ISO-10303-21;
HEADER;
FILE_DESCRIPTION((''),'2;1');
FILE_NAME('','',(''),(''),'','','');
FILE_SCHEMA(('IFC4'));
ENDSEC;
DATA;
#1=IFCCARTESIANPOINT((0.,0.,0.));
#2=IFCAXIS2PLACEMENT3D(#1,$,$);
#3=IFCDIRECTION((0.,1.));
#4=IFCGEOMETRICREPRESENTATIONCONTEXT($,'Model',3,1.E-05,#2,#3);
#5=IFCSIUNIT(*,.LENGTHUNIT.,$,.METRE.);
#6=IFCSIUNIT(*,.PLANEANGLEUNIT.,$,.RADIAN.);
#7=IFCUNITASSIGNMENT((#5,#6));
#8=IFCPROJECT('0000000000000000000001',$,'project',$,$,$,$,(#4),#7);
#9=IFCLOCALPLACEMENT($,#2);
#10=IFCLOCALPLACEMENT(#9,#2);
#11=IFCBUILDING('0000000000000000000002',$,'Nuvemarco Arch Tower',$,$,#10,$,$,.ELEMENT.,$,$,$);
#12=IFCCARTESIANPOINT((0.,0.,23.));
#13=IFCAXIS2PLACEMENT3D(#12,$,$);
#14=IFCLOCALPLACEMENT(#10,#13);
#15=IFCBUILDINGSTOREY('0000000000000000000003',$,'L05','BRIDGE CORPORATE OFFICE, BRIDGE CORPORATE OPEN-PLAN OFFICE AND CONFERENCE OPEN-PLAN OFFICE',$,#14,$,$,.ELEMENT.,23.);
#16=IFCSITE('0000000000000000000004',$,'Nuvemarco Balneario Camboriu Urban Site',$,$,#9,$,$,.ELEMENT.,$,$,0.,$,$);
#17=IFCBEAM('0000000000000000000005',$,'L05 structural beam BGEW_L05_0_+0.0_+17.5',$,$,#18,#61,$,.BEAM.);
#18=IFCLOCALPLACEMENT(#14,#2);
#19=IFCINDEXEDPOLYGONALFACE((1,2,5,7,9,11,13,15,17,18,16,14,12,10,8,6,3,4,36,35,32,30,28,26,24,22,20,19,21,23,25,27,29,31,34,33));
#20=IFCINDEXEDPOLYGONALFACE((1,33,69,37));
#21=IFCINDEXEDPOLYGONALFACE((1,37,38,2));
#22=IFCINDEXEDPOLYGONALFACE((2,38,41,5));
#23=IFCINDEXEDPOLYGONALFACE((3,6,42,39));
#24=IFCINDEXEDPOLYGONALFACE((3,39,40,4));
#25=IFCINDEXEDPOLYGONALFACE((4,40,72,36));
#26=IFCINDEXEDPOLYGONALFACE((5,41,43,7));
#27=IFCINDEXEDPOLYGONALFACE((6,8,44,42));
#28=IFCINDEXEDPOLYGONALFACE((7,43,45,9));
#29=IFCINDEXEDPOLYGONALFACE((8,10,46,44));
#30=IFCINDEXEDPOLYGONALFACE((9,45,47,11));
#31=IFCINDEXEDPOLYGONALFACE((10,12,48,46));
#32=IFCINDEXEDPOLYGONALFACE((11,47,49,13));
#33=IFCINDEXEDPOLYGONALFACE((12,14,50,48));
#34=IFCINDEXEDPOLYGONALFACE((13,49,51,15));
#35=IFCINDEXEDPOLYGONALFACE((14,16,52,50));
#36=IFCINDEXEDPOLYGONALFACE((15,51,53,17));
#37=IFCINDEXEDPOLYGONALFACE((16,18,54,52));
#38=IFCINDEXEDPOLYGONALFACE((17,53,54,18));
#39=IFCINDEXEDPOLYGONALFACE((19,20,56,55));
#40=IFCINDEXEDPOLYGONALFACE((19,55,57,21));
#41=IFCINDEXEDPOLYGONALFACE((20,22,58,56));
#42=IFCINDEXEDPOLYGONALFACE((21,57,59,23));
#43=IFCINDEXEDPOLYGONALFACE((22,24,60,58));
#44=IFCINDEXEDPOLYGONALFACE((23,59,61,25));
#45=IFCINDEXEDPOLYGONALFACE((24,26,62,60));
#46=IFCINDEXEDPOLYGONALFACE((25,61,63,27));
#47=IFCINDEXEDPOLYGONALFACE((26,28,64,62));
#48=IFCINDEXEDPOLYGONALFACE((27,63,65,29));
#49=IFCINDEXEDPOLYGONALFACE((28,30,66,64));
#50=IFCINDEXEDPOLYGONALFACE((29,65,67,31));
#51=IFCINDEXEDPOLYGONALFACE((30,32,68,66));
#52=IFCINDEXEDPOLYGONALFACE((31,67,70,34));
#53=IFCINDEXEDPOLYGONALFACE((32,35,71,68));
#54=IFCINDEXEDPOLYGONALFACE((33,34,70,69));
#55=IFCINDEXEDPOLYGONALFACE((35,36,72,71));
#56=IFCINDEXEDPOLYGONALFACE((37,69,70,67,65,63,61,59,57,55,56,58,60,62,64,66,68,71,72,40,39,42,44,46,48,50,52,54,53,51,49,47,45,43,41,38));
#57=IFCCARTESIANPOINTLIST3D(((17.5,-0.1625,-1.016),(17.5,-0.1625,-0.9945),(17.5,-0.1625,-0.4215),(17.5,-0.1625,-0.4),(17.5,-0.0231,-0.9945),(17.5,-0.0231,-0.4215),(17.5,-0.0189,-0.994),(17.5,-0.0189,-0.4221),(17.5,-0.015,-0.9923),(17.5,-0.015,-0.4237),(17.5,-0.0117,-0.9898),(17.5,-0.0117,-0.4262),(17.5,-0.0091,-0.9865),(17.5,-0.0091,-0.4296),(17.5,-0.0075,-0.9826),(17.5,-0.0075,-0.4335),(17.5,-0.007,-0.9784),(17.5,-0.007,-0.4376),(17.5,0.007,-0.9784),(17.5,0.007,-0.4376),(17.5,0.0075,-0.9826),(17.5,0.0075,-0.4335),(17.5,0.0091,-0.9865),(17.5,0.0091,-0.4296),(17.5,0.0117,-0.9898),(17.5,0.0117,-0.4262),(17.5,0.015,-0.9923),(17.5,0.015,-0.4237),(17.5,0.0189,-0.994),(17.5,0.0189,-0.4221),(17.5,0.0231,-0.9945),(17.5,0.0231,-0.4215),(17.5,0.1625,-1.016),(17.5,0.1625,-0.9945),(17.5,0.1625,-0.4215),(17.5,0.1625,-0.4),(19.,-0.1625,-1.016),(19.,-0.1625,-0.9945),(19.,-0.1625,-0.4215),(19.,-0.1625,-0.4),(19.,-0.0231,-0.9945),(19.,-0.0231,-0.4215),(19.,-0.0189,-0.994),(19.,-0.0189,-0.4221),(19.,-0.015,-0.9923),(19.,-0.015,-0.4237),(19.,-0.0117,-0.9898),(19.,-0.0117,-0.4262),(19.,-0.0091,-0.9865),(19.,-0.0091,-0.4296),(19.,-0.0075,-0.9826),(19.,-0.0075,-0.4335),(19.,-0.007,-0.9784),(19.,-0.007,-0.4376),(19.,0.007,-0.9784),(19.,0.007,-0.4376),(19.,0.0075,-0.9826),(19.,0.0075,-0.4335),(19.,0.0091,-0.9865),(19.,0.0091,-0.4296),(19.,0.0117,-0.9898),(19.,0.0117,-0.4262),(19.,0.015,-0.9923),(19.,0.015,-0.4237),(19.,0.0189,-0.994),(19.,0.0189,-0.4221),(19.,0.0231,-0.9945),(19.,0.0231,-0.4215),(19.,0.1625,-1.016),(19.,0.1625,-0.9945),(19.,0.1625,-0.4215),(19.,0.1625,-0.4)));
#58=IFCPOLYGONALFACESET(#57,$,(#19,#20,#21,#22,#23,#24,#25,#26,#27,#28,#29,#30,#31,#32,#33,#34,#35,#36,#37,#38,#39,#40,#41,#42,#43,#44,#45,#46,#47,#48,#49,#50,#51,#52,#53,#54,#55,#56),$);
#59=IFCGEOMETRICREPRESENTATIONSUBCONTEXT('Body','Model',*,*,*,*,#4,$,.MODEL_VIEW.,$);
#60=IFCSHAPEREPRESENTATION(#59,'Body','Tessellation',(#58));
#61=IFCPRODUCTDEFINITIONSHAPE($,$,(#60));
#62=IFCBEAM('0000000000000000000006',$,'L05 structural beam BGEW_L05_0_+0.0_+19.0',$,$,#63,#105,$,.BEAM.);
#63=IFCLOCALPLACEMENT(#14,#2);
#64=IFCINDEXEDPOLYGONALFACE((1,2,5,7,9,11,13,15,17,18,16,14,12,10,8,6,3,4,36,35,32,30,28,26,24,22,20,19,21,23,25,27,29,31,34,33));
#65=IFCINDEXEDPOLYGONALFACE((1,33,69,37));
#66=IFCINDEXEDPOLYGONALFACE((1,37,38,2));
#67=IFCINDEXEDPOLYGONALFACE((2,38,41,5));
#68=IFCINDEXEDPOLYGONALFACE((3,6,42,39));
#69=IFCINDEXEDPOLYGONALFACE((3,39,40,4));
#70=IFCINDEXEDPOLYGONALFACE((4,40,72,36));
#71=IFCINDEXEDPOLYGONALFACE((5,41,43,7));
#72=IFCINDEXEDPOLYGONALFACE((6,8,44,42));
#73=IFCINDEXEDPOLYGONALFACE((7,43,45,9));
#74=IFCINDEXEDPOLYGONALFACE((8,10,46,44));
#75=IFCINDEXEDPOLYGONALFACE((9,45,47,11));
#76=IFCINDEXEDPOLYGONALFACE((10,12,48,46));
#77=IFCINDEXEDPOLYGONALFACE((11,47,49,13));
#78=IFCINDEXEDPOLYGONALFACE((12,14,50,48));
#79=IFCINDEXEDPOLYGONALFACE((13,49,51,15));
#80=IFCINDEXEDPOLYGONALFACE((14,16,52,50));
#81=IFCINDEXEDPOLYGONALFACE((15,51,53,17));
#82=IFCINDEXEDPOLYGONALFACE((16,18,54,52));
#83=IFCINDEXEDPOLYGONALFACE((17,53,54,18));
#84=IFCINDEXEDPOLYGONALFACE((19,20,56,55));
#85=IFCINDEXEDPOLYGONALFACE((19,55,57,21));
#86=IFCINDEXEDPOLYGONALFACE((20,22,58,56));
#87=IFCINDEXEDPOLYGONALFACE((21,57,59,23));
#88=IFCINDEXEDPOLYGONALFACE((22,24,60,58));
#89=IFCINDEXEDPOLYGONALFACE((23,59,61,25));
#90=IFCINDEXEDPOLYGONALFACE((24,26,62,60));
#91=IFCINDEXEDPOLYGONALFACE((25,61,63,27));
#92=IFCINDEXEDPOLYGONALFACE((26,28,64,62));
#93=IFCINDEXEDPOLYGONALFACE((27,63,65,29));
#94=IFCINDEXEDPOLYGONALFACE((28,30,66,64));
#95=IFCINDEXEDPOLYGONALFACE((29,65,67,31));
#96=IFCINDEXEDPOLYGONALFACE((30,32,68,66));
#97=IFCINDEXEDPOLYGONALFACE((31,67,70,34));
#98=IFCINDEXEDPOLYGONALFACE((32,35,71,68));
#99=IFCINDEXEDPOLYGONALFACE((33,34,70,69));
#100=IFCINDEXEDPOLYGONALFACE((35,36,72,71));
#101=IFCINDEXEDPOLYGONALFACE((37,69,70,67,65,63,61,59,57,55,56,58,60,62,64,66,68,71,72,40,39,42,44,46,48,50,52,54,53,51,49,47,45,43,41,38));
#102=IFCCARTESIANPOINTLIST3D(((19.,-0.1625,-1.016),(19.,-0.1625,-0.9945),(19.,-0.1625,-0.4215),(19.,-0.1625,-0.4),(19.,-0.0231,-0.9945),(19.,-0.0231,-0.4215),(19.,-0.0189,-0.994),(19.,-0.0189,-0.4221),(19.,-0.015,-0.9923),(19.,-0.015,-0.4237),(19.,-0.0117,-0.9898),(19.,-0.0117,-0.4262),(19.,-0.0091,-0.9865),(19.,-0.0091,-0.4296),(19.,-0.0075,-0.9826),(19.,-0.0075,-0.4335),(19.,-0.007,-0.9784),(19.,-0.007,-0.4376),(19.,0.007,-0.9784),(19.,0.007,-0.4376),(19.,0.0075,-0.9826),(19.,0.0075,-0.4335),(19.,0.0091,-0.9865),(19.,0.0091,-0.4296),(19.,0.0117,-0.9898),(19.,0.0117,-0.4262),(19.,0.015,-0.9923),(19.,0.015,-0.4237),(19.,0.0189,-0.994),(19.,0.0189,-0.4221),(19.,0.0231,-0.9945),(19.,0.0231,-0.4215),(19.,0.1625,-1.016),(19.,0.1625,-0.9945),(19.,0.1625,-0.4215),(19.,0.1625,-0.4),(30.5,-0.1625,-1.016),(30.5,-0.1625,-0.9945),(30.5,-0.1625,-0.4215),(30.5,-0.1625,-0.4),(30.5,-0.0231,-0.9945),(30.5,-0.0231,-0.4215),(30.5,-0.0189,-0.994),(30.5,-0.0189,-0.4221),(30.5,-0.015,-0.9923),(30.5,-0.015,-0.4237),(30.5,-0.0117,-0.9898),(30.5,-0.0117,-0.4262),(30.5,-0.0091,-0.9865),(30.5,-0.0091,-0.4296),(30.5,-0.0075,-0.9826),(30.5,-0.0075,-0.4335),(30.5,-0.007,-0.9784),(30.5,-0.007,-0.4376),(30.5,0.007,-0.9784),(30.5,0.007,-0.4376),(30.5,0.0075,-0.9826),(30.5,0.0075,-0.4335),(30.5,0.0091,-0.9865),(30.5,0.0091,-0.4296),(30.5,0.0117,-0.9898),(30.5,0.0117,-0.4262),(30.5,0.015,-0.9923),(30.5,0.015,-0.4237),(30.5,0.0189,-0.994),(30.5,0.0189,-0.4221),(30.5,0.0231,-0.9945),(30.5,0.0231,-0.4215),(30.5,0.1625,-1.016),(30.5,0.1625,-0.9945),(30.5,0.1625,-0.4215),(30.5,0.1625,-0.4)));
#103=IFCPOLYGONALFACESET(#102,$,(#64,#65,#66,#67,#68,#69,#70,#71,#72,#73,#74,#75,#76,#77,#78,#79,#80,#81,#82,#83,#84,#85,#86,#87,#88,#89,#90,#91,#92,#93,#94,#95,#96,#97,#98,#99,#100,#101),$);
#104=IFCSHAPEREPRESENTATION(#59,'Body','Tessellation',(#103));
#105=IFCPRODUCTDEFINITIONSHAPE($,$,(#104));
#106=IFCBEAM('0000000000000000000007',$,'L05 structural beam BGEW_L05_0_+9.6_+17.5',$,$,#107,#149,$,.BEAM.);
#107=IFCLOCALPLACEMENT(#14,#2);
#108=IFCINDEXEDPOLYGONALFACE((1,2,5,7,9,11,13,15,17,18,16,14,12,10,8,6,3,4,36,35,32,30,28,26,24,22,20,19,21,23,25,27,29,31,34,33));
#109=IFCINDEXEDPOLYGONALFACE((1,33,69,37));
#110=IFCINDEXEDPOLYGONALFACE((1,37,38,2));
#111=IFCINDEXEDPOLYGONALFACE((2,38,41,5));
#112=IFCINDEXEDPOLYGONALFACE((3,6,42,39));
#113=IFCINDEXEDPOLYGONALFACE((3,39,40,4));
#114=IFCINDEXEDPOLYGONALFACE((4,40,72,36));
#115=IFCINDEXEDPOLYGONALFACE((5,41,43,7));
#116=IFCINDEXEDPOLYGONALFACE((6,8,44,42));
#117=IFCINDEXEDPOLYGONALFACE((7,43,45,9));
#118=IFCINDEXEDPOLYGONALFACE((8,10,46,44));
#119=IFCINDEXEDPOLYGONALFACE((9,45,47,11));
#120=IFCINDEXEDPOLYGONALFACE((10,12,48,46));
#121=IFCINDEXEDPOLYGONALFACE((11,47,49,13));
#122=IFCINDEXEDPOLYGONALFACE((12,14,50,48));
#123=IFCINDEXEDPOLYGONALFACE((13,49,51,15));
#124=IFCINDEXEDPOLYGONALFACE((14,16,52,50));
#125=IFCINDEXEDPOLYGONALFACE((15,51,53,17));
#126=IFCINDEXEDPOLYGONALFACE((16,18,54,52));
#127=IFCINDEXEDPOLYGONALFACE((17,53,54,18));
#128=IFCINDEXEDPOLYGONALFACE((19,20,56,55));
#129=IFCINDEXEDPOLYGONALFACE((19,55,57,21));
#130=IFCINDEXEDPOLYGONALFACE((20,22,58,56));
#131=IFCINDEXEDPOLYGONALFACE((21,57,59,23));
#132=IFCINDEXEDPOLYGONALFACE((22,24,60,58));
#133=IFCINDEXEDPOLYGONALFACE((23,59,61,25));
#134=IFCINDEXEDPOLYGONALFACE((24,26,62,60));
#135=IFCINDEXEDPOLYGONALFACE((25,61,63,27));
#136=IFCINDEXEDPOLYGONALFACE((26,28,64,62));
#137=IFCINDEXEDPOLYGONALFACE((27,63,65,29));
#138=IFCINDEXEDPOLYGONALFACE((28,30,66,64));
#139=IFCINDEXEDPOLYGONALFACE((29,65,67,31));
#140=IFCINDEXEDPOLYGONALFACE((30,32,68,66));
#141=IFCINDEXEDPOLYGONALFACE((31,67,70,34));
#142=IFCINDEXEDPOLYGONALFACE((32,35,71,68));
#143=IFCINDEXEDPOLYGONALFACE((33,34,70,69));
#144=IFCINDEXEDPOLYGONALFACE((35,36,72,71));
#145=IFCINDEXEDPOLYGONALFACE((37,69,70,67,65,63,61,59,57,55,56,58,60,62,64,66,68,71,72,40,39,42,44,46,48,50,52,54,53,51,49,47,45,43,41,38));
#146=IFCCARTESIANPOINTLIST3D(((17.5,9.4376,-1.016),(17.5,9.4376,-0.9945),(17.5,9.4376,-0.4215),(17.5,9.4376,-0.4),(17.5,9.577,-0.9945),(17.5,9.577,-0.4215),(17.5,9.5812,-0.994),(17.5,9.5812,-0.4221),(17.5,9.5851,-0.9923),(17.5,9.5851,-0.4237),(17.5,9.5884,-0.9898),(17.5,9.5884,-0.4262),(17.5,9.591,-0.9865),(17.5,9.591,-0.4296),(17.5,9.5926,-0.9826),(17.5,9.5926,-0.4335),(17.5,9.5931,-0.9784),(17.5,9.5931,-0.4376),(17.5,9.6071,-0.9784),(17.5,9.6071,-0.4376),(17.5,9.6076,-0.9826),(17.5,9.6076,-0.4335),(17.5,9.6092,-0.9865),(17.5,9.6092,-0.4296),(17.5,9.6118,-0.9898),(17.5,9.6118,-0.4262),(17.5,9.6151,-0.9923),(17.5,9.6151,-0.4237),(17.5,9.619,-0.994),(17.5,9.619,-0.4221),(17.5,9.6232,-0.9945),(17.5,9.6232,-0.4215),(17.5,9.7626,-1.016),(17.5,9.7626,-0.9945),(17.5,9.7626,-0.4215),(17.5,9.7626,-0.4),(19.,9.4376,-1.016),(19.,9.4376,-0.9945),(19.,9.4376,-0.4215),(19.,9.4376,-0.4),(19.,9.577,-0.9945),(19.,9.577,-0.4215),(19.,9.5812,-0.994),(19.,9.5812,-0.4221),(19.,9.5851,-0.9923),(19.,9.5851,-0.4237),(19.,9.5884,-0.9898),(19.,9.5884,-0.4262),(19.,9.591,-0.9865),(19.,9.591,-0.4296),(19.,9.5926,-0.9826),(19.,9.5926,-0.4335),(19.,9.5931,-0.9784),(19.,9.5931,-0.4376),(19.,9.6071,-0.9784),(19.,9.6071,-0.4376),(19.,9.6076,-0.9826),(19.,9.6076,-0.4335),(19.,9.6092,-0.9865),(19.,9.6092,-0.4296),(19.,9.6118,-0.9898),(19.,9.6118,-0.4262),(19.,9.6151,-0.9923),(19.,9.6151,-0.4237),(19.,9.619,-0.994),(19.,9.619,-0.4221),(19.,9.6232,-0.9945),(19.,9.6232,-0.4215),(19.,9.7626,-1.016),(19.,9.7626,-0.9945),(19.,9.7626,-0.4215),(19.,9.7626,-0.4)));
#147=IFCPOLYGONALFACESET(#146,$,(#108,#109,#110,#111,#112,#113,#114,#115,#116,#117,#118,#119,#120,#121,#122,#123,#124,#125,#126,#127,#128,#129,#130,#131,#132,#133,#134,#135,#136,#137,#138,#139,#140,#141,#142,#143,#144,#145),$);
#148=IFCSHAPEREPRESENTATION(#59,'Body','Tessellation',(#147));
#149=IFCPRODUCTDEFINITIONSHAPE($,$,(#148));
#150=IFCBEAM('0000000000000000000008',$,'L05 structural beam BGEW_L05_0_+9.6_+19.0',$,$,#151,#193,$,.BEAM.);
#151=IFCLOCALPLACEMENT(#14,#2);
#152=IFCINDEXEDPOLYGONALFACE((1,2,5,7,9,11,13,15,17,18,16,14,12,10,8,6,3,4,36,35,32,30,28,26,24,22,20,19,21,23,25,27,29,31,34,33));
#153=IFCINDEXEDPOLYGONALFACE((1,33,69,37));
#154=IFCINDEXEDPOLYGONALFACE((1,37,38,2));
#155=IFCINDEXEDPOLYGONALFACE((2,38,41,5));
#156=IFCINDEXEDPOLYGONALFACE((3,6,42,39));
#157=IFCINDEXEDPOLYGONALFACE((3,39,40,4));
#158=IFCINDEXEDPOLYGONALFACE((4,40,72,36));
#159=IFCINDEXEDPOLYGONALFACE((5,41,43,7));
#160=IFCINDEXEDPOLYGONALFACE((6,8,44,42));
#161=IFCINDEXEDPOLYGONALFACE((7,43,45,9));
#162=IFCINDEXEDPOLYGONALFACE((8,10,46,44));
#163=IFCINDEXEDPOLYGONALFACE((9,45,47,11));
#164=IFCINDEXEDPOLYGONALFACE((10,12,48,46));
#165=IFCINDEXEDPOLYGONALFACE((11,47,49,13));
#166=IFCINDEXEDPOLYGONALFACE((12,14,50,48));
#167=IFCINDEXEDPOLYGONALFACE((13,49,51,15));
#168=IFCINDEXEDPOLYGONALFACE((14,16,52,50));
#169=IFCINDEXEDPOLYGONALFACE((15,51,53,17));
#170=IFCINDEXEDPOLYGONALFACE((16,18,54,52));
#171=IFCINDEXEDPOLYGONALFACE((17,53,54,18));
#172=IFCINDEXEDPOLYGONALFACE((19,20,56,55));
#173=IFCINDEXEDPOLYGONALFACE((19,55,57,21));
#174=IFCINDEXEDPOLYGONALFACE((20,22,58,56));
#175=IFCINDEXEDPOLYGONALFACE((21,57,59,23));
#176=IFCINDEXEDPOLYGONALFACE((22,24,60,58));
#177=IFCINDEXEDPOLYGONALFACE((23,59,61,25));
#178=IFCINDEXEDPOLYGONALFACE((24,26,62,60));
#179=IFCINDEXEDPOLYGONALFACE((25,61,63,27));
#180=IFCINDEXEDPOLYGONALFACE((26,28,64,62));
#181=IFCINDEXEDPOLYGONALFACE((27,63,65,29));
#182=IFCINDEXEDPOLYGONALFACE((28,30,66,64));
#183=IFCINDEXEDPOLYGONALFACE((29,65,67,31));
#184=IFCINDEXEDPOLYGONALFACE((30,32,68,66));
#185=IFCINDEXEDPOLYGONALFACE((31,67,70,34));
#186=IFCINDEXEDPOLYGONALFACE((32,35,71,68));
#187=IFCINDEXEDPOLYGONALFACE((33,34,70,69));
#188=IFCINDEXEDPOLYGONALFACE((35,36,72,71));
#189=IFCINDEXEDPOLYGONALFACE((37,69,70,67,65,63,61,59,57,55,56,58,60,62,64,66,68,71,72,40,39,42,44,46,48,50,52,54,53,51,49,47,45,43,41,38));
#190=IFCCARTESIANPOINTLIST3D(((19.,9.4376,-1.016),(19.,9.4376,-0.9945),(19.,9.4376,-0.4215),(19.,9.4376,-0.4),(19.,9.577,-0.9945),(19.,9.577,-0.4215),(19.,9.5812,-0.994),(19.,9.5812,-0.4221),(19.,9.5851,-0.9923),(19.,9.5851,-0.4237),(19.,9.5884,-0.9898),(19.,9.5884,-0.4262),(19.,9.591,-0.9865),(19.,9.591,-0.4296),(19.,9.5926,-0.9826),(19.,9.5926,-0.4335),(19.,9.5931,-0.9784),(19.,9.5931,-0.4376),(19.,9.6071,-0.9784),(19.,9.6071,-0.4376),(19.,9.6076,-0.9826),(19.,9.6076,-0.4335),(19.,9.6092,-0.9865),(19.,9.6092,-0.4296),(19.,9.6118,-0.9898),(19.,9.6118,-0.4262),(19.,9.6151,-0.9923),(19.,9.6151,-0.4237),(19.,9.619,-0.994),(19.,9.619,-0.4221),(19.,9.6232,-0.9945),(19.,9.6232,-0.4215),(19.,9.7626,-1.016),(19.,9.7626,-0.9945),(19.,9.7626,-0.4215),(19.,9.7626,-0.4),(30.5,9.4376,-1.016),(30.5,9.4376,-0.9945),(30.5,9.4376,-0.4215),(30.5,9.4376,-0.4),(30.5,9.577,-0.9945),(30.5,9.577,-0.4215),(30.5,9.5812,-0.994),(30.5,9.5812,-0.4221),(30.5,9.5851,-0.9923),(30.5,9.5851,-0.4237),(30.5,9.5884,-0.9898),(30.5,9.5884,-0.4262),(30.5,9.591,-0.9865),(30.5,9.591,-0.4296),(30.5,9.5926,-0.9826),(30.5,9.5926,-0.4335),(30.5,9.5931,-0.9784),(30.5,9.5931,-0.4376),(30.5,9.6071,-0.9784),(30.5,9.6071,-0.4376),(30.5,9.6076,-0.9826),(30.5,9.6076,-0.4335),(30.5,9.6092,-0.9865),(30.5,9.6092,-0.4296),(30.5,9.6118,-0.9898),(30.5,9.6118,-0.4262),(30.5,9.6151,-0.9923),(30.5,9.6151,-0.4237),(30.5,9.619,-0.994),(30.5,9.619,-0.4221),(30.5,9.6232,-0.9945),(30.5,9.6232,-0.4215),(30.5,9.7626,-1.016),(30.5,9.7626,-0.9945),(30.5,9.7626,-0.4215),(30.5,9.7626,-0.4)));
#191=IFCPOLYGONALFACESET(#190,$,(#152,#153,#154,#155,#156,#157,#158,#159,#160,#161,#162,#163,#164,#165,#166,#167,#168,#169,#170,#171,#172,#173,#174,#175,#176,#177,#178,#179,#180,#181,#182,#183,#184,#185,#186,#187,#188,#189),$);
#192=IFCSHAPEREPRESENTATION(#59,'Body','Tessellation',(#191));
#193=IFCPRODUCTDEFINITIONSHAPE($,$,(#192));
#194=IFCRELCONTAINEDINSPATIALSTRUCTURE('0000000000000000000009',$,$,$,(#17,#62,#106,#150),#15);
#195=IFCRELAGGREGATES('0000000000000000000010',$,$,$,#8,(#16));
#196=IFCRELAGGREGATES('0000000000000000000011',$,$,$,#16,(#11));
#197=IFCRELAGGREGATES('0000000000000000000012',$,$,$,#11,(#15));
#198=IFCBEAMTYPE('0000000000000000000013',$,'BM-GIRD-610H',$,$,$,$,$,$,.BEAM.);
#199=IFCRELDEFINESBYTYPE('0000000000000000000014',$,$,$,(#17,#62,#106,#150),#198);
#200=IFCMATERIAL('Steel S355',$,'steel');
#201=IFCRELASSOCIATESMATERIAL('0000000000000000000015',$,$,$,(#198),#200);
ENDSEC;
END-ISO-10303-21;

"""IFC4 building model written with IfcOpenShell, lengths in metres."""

from ifc_helpers import new_model, si_unit, direction, frame, origin, origin_2d, place, context, subcontext, project, spatial, i_section, extrude, material, material_profile, profile_set, type_object, element, save


model = new_model("IFC4")

# Units and contexts
model_context = context("Model", 3, precision=1e-05, world=origin(), true_north=direction((0.0, 1.0)))
body_context = subcontext(model_context, "Body", "Model", "MODEL_VIEW")
ifc_project = project(units=[si_unit("LENGTHUNIT", "METRE"), si_unit("PLANEANGLEUNIT", "RADIAN")], contexts=[model_context])

# Site, building, storey
site_placement = place(None, origin())
site = spatial("IfcSite", under=ifc_project, at=site_placement, Name="Nuvemarco Balneario Camboriu Urban Site", CompositionType="ELEMENT", RefElevation=0.0)
building_placement = place(site_placement, origin())
building = spatial("IfcBuilding", under=site, at=building_placement, Name="Nuvemarco Arch Tower", CompositionType="ELEMENT")
storey_placement = place(building_placement, frame((0.0, 0.0, 23.0)))
storey = spatial("IfcBuildingStorey", under=building, at=storey_placement, Name="L05", Description="BRIDGE CORPORATE OFFICE, BRIDGE CORPORATE OPEN-PLAN OFFICE AND CONFERENCE OPEN-PLAN OFFICE", CompositionType="ELEMENT", Elevation=23.0)

# Beams
ifc_material_1 = material(Name="Steel S355", Category="steel")
ifc_material_profile_1 = material_profile(ifc_material_1, i_section(OverallWidth=0.325, OverallDepth=0.616, WebThickness=0.0139, FlangeThickness=0.0215, FilletRadius=0.0161, at=origin_2d()), Name="W610x174")
ifc_profile_set_1 = profile_set([ifc_material_profile_1], Name="Steel S355")
beam_type_1 = type_object("IfcBeamType", Name="BM-GIRD-610H", PredefinedType="BEAM", material=ifc_profile_set_1)
beam_1_placement = place(storey_placement, frame((17.5, 0.0, -0.708), z_axis=(1.0, 0.0, 0.0), x_axis=(0.0, 1.0, 0.0)))
element("IfcBeam", 1, at=beam_1_placement, inside=storey, type_object=beam_type_1, Name="L05 structural beam BGEW_L05_0_+0.0_+17.5", PredefinedType="BEAM", context=body_context, shape_type="SweptSolid", body=[
    extrude(i_section(OverallWidth=0.325, OverallDepth=0.616, WebThickness=0.0139, FlangeThickness=0.0215, FilletRadius=0.0161, at=origin_2d()), origin(), (0.0, 0.0, 1.0), 1.5),
])
beam_2_placement = place(storey_placement, frame((19.0, 0.0, -0.708), z_axis=(1.0, 0.0, 0.0), x_axis=(0.0, 1.0, 0.0)))
element("IfcBeam", 2, at=beam_2_placement, inside=storey, type_object=beam_type_1, Name="L05 structural beam BGEW_L05_0_+0.0_+19.0", PredefinedType="BEAM", context=body_context, shape_type="SweptSolid", body=[
    extrude(i_section(OverallWidth=0.325, OverallDepth=0.616, WebThickness=0.0139, FlangeThickness=0.0215, FilletRadius=0.0161, at=origin_2d()), origin(), (0.0, 0.0, 1.0), 11.5),
])
beam_3_placement = place(storey_placement, frame((17.5, 9.6001, -0.708), z_axis=(1.0, 0.0, 0.0), x_axis=(0.0, 1.0, 0.0)))
element("IfcBeam", 3, at=beam_3_placement, inside=storey, type_object=beam_type_1, Name="L05 structural beam BGEW_L05_0_+9.6_+17.5", PredefinedType="BEAM", context=body_context, shape_type="SweptSolid", body=[
    extrude(i_section(OverallWidth=0.325, OverallDepth=0.616, WebThickness=0.0139, FlangeThickness=0.0215, FilletRadius=0.0161, at=origin_2d()), origin(), (0.0, 0.0, 1.0), 1.5),
])
beam_4_placement = place(storey_placement, frame((19.0, 9.6001, -0.708), z_axis=(1.0, 0.0, 0.0), x_axis=(0.0, 1.0, 0.0)))
element("IfcBeam", 4, at=beam_4_placement, inside=storey, type_object=beam_type_1, Name="L05 structural beam BGEW_L05_0_+9.6_+19.0", PredefinedType="BEAM", context=body_context, shape_type="SweptSolid", body=[
    extrude(i_section(OverallWidth=0.325, OverallDepth=0.616, WebThickness=0.0139, FlangeThickness=0.0215, FilletRadius=0.0161, at=origin_2d()), origin(), (0.0, 0.0, 1.0), 11.5),
])

save(model, "model.ifc")
